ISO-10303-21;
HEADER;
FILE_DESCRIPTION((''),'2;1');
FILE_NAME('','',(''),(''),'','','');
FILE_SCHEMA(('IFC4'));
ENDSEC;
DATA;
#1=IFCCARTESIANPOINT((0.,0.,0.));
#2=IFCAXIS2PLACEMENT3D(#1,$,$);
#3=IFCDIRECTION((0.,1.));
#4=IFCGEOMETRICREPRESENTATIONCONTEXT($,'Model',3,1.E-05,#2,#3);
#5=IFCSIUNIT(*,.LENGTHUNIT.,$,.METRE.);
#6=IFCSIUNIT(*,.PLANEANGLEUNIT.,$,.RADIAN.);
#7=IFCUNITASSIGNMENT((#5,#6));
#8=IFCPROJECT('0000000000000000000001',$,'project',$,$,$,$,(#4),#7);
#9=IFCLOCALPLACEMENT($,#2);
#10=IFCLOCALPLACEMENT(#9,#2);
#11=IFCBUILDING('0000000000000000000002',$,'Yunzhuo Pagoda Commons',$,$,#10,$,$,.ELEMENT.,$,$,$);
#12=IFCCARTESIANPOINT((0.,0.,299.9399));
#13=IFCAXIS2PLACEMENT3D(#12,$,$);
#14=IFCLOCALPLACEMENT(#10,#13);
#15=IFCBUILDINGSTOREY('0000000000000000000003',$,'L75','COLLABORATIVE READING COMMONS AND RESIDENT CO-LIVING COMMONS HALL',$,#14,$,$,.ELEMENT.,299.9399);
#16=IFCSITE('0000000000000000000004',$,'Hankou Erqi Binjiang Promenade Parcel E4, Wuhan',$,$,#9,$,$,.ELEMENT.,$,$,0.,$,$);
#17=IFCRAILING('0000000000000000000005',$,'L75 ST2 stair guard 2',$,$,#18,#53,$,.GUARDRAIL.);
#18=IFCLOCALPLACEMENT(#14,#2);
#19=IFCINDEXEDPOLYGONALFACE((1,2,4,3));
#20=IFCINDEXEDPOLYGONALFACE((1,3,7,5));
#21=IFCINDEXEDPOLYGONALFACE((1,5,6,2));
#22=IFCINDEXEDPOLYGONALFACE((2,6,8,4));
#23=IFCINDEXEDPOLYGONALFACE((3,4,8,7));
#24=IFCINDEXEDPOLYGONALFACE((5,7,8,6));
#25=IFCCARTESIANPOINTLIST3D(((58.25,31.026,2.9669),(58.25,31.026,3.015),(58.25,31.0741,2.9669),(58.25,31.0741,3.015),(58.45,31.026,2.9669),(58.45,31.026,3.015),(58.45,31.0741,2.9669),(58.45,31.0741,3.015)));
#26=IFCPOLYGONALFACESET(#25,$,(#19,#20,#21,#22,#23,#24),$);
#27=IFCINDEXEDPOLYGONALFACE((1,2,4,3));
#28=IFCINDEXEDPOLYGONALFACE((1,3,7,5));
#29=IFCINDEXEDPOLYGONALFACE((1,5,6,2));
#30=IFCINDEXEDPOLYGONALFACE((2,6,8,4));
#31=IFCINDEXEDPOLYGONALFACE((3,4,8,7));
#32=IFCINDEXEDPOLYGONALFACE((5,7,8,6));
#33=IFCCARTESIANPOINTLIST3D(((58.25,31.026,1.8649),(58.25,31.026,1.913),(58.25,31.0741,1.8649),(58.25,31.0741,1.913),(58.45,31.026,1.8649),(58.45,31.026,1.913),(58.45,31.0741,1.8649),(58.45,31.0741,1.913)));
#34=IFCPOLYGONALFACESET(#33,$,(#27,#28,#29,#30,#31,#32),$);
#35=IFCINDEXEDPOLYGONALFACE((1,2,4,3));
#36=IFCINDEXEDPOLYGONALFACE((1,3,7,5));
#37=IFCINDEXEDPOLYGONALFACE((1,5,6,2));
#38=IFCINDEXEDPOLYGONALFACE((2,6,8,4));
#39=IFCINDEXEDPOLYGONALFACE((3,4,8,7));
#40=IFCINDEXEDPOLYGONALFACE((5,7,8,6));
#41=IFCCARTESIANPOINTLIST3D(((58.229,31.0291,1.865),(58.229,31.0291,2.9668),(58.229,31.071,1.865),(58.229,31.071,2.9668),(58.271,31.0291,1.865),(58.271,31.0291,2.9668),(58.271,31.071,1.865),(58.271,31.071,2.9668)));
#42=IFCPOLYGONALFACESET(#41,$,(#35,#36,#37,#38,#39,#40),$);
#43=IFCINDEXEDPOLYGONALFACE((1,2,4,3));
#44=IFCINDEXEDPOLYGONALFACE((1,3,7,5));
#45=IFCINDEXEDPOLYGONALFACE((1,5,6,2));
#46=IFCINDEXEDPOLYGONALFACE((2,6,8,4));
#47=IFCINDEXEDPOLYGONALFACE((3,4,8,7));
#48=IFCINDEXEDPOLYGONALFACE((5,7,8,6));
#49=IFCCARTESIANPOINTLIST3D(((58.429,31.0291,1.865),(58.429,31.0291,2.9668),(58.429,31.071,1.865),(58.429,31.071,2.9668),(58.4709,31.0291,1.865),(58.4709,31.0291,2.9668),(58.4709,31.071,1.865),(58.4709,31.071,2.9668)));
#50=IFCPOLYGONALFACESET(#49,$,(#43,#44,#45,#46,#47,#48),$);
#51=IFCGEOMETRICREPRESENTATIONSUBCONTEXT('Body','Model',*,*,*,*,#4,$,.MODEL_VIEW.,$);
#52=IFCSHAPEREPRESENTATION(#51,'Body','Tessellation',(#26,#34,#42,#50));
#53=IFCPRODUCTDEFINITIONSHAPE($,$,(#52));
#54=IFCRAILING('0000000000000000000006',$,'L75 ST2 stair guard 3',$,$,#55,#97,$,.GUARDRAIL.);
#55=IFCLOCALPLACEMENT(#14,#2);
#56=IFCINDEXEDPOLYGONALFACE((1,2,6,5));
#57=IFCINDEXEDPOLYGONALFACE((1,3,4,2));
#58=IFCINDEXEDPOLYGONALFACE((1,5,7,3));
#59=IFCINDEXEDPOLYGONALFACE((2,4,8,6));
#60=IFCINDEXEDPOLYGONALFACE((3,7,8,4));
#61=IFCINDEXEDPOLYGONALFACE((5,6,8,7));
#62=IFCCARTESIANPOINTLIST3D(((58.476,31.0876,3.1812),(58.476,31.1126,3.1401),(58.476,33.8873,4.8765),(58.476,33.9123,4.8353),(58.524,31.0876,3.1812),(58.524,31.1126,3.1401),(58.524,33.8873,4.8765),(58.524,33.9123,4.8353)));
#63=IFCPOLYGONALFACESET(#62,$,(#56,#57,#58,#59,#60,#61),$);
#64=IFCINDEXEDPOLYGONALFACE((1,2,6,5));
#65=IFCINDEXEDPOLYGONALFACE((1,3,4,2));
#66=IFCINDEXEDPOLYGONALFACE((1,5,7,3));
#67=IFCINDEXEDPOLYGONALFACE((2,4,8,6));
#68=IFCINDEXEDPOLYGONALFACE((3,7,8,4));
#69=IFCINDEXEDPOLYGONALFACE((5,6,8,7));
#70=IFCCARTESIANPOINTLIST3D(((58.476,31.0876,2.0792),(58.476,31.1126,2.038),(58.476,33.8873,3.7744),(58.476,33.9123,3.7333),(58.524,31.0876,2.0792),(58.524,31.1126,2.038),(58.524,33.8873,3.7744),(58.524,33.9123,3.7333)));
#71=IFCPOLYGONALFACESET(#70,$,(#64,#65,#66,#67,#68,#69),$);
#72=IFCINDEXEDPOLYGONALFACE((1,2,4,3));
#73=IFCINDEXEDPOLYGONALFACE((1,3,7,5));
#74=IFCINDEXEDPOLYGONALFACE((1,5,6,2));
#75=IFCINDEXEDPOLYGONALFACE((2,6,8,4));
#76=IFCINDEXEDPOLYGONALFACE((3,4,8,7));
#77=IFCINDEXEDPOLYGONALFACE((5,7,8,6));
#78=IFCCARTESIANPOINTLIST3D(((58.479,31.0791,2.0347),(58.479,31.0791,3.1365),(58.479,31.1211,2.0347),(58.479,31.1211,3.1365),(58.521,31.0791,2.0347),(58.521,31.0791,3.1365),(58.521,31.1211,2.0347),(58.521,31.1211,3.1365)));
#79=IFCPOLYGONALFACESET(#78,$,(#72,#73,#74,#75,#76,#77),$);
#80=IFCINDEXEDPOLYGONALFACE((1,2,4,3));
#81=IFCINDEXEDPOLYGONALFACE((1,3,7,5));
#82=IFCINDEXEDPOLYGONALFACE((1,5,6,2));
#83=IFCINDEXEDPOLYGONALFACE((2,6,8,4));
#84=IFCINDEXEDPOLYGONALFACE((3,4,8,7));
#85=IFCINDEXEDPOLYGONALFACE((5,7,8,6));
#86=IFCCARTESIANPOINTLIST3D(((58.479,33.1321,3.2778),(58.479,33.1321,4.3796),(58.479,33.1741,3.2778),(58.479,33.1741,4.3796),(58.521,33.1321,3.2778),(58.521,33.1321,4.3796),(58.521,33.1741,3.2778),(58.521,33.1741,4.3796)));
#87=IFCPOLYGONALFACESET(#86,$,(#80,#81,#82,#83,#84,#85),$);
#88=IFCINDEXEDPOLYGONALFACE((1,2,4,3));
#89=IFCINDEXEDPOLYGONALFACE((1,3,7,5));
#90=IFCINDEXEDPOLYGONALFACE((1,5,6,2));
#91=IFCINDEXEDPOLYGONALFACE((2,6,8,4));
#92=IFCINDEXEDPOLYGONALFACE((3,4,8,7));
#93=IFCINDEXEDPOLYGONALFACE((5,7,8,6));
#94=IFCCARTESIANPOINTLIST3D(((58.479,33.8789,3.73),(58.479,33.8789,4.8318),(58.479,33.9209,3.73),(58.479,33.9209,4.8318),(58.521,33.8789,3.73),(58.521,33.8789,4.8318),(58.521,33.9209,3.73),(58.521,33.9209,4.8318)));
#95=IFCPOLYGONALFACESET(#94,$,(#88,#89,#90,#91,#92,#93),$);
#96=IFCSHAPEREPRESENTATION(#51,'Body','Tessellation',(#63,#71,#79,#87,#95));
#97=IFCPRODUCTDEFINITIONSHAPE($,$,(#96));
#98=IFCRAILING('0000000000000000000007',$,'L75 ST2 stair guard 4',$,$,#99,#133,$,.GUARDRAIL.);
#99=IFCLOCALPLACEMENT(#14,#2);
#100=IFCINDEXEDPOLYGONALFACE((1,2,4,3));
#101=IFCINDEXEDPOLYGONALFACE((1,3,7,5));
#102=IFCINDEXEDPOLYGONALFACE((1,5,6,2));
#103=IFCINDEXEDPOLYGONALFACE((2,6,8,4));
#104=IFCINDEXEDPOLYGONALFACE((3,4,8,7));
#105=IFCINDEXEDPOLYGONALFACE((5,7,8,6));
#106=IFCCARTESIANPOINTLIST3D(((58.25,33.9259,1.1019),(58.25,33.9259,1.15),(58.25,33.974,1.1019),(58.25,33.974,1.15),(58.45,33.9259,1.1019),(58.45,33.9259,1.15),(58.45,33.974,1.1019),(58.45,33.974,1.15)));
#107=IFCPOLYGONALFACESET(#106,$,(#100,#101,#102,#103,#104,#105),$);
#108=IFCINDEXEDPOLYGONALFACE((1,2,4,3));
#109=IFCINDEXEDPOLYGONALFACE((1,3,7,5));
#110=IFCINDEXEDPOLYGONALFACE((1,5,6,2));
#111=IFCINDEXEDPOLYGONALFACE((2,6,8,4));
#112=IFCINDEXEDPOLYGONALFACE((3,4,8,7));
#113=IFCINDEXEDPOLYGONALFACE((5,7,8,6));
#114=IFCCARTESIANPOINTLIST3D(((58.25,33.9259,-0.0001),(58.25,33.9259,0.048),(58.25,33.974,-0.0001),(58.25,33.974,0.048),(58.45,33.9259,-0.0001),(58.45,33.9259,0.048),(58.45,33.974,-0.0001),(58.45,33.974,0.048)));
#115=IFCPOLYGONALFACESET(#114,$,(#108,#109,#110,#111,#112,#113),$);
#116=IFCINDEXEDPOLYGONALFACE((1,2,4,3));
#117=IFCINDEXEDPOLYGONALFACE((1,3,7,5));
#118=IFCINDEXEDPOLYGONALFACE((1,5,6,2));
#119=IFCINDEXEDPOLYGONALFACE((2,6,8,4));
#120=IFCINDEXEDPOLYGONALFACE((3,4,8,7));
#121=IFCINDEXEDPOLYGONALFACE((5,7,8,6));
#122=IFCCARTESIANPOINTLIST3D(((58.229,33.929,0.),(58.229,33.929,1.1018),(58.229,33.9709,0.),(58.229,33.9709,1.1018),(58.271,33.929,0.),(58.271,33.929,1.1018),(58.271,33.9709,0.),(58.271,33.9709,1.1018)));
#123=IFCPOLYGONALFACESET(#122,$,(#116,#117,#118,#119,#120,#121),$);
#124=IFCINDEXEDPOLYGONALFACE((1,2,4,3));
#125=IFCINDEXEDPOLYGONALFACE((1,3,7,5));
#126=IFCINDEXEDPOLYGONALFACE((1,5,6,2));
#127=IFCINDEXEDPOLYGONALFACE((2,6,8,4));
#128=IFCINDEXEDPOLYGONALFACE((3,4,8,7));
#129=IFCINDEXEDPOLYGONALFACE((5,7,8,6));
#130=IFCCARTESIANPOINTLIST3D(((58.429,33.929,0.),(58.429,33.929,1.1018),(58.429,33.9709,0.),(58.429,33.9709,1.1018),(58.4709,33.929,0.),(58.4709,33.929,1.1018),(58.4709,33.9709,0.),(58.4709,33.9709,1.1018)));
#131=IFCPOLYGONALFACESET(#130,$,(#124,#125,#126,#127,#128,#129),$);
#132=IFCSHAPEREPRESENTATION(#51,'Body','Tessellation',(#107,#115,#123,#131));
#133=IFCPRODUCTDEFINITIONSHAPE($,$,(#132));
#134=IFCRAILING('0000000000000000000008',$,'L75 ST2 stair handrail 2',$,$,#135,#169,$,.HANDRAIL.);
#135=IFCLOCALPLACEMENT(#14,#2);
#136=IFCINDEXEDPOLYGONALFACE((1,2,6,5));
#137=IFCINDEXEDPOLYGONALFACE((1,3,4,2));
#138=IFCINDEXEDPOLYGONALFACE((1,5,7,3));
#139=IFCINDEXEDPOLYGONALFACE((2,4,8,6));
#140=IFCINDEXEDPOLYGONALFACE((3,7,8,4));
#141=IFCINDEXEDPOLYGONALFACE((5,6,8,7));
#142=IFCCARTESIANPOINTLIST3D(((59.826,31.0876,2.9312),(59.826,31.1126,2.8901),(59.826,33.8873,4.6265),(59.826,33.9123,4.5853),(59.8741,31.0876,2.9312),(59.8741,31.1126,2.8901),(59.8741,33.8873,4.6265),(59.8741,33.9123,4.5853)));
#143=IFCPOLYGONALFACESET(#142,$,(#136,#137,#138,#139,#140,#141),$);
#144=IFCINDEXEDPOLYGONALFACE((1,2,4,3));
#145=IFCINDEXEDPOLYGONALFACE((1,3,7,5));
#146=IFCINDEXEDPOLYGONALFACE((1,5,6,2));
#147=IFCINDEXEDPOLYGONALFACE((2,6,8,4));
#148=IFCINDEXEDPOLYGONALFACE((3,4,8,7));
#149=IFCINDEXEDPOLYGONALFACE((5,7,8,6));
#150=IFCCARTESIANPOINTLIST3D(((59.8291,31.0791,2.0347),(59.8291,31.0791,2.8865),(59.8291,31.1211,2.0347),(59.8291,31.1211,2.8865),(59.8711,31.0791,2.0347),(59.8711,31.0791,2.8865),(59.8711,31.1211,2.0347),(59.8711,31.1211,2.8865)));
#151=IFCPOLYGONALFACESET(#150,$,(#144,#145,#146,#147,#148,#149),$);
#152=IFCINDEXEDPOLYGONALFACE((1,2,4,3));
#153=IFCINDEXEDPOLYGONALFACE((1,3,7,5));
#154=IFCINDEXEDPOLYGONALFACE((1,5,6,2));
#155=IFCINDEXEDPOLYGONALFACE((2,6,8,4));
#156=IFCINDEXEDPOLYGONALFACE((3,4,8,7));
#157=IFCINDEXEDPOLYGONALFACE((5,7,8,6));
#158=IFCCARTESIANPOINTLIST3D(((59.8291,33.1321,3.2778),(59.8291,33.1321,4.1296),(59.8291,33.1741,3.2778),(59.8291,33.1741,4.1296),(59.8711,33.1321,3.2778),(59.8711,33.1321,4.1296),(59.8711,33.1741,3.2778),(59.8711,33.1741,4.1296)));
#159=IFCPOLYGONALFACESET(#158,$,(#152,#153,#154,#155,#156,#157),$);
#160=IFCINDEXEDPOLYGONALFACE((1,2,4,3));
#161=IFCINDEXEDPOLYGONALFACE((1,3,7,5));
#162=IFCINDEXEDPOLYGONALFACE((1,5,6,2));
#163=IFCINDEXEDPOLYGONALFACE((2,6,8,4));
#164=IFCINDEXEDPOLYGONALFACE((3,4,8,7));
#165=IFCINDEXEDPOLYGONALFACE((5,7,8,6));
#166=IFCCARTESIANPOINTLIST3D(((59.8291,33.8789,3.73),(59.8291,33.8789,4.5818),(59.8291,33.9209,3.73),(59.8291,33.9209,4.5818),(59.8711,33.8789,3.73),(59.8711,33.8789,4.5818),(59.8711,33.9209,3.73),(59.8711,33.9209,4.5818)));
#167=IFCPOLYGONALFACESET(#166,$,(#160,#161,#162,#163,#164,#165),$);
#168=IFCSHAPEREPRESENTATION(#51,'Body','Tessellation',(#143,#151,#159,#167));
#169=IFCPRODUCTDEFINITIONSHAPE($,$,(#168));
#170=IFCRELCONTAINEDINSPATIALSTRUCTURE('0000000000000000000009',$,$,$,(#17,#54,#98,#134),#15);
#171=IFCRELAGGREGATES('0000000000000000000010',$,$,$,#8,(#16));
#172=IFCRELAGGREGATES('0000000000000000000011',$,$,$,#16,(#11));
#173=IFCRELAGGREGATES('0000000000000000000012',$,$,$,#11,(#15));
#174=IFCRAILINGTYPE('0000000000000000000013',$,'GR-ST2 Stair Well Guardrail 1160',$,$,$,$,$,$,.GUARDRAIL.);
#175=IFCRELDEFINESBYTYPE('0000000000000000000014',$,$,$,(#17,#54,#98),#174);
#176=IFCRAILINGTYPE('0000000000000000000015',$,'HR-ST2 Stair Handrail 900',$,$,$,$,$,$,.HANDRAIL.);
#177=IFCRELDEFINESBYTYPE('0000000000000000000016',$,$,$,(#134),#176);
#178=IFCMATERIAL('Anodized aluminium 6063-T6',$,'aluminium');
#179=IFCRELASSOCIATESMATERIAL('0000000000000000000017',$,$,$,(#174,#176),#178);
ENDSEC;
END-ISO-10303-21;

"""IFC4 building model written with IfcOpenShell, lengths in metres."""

from ifc_helpers import new_model, si_unit, direction, frame, origin, origin_2d, place, context, subcontext, project, spatial, rectangle, extrude, material, type_object, element, save


model = new_model("IFC4")

# Units and contexts
model_context = context("Model", 3, precision=1e-05, world=origin(), true_north=direction((0.0, 1.0)))
body_context = subcontext(model_context, "Body", "Model", "MODEL_VIEW")
ifc_project = project(units=[si_unit("LENGTHUNIT", "METRE"), si_unit("PLANEANGLEUNIT", "RADIAN")], contexts=[model_context])

# Site, building, storey
site_placement = place(None, origin())
site = spatial("IfcSite", under=ifc_project, at=site_placement, Name="Hankou Erqi Binjiang Promenade Parcel E4, Wuhan", CompositionType="ELEMENT", RefElevation=0.0)
building_placement = place(site_placement, origin())
building = spatial("IfcBuilding", under=site, at=building_placement, Name="Yunzhuo Pagoda Commons", CompositionType="ELEMENT")
storey_placement = place(building_placement, frame((0.0, 0.0, 299.9399)))
storey = spatial("IfcBuildingStorey", under=building, at=storey_placement, Name="L75", Description="COLLABORATIVE READING COMMONS AND RESIDENT CO-LIVING COMMONS HALL", CompositionType="ELEMENT", Elevation=299.9399)

# Shared definitions
ifc_material_1 = material(Name="Anodized aluminium 6063-T6", Category="aluminium")

# Railings
railing_type_1 = type_object("IfcRailingType", Name="GR-ST2 Stair Well Guardrail 1160", PredefinedType="GUARDRAIL", material=ifc_material_1)
railing_1_placement = place(storey_placement, frame((58.25, 31.05, 1.865)))
element("IfcRailing", 1, at=railing_1_placement, inside=storey, type_object=railing_type_1, Name="L75 ST2 stair guard 2", PredefinedType="GUARDRAIL", context=body_context, shape_type="SweptSolid", body=[
    extrude(rectangle(XDim=0.0481, YDim=0.0481, at=origin_2d()), frame((0.0, 0.0, 1.126), z_axis=(1.0, 0.0, 0.0), x_axis=(0.0, 1.0, 0.0)), (0.0, 0.0, 1.0), 0.2),
    extrude(rectangle(XDim=0.0481, YDim=0.0481, at=origin_2d()), frame((0.0, 0.0, 0.0239), z_axis=(1.0, 0.0, 0.0), x_axis=(0.0, 1.0, 0.0)), (0.0, 0.0, 1.0), 0.2),
    extrude(rectangle(XDim=0.042, YDim=0.042, at=origin_2d()), origin(), (0.0, 0.0, 1.0), 1.1018),
    extrude(rectangle(XDim=0.042, YDim=0.042, at=origin_2d()), frame((0.2, 0.0, 0.0)), (0.0, 0.0, 1.0), 1.1018),
])
railing_2_placement = place(storey_placement, frame((58.5, 31.1001, 2.0347)))
element("IfcRailing", 2, at=railing_2_placement, inside=storey, type_object=railing_type_1, Name="L75 ST2 stair guard 3", PredefinedType="GUARDRAIL", context=body_context, shape_type="SweptSolid", body=[
    extrude(rectangle(XDim=0.0481, YDim=0.0481, at=origin_2d()), frame((0.0, 0.0, 1.126), z_axis=(0.0, 0.855406, 0.517958), x_axis=(-1.0, 0.0, 0.0)), (0.0, 0.0, 1.0), 3.2729),
    extrude(rectangle(XDim=0.0481, YDim=0.0481, at=origin_2d()), frame((0.0, 0.0, 0.0239), z_axis=(0.0, 0.855406, 0.517958), x_axis=(-1.0, 0.0, 0.0)), (0.0, 0.0, 1.0), 3.2729),
    extrude(rectangle(XDim=0.042, YDim=0.042, at=origin_2d()), origin(), (0.0, 0.0, 1.0), 1.1018),
    extrude(rectangle(XDim=0.042, YDim=0.042, at=origin_2d()), frame((0.0, 2.053, 1.2432)), (0.0, 0.0, 1.0), 1.1018),
    extrude(rectangle(XDim=0.042, YDim=0.042, at=origin_2d()), frame((0.0, 2.7998, 1.6953)), (0.0, 0.0, 1.0), 1.1018),
])
railing_3_placement = place(storey_placement, frame((58.25, 33.95, 0.0)))
element("IfcRailing", 3, at=railing_3_placement, inside=storey, type_object=railing_type_1, Name="L75 ST2 stair guard 4", PredefinedType="GUARDRAIL", context=body_context, shape_type="SweptSolid", body=[
    extrude(rectangle(XDim=0.0481, YDim=0.0481, at=origin_2d()), frame((0.0, 0.0, 1.126), z_axis=(1.0, 0.0, 0.0), x_axis=(0.0, 1.0, 0.0)), (0.0, 0.0, 1.0), 0.2),
    extrude(rectangle(XDim=0.0481, YDim=0.0481, at=origin_2d()), frame((0.0, 0.0, 0.0239), z_axis=(1.0, 0.0, 0.0), x_axis=(0.0, 1.0, 0.0)), (0.0, 0.0, 1.0), 0.2),
    extrude(rectangle(XDim=0.042, YDim=0.042, at=origin_2d()), origin(), (0.0, 0.0, 1.0), 1.1018),
    extrude(rectangle(XDim=0.042, YDim=0.042, at=origin_2d()), frame((0.2, 0.0, 0.0)), (0.0, 0.0, 1.0), 1.1018),
])
railing_type_2 = type_object("IfcRailingType", Name="HR-ST2 Stair Handrail 900", PredefinedType="HANDRAIL", material=ifc_material_1)
railing_4_placement = place(storey_placement, frame((59.8501, 31.1001, 2.0347)))
element("IfcRailing", 4, at=railing_4_placement, inside=storey, type_object=railing_type_2, Name="L75 ST2 stair handrail 2", PredefinedType="HANDRAIL", context=body_context, shape_type="SweptSolid", body=[
    extrude(rectangle(XDim=0.0481, YDim=0.0481, at=origin_2d()), frame((0.0, 0.0, 0.876), z_axis=(0.0, 0.855406, 0.517958), x_axis=(-1.0, 0.0, 0.0)), (0.0, 0.0, 1.0), 3.2729),
    extrude(rectangle(XDim=0.042, YDim=0.042, at=origin_2d()), origin(), (0.0, 0.0, 1.0), 0.8518),
    extrude(rectangle(XDim=0.042, YDim=0.042, at=origin_2d()), frame((0.0, 2.053, 1.2432)), (0.0, 0.0, 1.0), 0.8518),
    extrude(rectangle(XDim=0.042, YDim=0.042, at=origin_2d()), frame((0.0, 2.7998, 1.6953)), (0.0, 0.0, 1.0), 0.8518),
])

save(model, "model.ifc")
